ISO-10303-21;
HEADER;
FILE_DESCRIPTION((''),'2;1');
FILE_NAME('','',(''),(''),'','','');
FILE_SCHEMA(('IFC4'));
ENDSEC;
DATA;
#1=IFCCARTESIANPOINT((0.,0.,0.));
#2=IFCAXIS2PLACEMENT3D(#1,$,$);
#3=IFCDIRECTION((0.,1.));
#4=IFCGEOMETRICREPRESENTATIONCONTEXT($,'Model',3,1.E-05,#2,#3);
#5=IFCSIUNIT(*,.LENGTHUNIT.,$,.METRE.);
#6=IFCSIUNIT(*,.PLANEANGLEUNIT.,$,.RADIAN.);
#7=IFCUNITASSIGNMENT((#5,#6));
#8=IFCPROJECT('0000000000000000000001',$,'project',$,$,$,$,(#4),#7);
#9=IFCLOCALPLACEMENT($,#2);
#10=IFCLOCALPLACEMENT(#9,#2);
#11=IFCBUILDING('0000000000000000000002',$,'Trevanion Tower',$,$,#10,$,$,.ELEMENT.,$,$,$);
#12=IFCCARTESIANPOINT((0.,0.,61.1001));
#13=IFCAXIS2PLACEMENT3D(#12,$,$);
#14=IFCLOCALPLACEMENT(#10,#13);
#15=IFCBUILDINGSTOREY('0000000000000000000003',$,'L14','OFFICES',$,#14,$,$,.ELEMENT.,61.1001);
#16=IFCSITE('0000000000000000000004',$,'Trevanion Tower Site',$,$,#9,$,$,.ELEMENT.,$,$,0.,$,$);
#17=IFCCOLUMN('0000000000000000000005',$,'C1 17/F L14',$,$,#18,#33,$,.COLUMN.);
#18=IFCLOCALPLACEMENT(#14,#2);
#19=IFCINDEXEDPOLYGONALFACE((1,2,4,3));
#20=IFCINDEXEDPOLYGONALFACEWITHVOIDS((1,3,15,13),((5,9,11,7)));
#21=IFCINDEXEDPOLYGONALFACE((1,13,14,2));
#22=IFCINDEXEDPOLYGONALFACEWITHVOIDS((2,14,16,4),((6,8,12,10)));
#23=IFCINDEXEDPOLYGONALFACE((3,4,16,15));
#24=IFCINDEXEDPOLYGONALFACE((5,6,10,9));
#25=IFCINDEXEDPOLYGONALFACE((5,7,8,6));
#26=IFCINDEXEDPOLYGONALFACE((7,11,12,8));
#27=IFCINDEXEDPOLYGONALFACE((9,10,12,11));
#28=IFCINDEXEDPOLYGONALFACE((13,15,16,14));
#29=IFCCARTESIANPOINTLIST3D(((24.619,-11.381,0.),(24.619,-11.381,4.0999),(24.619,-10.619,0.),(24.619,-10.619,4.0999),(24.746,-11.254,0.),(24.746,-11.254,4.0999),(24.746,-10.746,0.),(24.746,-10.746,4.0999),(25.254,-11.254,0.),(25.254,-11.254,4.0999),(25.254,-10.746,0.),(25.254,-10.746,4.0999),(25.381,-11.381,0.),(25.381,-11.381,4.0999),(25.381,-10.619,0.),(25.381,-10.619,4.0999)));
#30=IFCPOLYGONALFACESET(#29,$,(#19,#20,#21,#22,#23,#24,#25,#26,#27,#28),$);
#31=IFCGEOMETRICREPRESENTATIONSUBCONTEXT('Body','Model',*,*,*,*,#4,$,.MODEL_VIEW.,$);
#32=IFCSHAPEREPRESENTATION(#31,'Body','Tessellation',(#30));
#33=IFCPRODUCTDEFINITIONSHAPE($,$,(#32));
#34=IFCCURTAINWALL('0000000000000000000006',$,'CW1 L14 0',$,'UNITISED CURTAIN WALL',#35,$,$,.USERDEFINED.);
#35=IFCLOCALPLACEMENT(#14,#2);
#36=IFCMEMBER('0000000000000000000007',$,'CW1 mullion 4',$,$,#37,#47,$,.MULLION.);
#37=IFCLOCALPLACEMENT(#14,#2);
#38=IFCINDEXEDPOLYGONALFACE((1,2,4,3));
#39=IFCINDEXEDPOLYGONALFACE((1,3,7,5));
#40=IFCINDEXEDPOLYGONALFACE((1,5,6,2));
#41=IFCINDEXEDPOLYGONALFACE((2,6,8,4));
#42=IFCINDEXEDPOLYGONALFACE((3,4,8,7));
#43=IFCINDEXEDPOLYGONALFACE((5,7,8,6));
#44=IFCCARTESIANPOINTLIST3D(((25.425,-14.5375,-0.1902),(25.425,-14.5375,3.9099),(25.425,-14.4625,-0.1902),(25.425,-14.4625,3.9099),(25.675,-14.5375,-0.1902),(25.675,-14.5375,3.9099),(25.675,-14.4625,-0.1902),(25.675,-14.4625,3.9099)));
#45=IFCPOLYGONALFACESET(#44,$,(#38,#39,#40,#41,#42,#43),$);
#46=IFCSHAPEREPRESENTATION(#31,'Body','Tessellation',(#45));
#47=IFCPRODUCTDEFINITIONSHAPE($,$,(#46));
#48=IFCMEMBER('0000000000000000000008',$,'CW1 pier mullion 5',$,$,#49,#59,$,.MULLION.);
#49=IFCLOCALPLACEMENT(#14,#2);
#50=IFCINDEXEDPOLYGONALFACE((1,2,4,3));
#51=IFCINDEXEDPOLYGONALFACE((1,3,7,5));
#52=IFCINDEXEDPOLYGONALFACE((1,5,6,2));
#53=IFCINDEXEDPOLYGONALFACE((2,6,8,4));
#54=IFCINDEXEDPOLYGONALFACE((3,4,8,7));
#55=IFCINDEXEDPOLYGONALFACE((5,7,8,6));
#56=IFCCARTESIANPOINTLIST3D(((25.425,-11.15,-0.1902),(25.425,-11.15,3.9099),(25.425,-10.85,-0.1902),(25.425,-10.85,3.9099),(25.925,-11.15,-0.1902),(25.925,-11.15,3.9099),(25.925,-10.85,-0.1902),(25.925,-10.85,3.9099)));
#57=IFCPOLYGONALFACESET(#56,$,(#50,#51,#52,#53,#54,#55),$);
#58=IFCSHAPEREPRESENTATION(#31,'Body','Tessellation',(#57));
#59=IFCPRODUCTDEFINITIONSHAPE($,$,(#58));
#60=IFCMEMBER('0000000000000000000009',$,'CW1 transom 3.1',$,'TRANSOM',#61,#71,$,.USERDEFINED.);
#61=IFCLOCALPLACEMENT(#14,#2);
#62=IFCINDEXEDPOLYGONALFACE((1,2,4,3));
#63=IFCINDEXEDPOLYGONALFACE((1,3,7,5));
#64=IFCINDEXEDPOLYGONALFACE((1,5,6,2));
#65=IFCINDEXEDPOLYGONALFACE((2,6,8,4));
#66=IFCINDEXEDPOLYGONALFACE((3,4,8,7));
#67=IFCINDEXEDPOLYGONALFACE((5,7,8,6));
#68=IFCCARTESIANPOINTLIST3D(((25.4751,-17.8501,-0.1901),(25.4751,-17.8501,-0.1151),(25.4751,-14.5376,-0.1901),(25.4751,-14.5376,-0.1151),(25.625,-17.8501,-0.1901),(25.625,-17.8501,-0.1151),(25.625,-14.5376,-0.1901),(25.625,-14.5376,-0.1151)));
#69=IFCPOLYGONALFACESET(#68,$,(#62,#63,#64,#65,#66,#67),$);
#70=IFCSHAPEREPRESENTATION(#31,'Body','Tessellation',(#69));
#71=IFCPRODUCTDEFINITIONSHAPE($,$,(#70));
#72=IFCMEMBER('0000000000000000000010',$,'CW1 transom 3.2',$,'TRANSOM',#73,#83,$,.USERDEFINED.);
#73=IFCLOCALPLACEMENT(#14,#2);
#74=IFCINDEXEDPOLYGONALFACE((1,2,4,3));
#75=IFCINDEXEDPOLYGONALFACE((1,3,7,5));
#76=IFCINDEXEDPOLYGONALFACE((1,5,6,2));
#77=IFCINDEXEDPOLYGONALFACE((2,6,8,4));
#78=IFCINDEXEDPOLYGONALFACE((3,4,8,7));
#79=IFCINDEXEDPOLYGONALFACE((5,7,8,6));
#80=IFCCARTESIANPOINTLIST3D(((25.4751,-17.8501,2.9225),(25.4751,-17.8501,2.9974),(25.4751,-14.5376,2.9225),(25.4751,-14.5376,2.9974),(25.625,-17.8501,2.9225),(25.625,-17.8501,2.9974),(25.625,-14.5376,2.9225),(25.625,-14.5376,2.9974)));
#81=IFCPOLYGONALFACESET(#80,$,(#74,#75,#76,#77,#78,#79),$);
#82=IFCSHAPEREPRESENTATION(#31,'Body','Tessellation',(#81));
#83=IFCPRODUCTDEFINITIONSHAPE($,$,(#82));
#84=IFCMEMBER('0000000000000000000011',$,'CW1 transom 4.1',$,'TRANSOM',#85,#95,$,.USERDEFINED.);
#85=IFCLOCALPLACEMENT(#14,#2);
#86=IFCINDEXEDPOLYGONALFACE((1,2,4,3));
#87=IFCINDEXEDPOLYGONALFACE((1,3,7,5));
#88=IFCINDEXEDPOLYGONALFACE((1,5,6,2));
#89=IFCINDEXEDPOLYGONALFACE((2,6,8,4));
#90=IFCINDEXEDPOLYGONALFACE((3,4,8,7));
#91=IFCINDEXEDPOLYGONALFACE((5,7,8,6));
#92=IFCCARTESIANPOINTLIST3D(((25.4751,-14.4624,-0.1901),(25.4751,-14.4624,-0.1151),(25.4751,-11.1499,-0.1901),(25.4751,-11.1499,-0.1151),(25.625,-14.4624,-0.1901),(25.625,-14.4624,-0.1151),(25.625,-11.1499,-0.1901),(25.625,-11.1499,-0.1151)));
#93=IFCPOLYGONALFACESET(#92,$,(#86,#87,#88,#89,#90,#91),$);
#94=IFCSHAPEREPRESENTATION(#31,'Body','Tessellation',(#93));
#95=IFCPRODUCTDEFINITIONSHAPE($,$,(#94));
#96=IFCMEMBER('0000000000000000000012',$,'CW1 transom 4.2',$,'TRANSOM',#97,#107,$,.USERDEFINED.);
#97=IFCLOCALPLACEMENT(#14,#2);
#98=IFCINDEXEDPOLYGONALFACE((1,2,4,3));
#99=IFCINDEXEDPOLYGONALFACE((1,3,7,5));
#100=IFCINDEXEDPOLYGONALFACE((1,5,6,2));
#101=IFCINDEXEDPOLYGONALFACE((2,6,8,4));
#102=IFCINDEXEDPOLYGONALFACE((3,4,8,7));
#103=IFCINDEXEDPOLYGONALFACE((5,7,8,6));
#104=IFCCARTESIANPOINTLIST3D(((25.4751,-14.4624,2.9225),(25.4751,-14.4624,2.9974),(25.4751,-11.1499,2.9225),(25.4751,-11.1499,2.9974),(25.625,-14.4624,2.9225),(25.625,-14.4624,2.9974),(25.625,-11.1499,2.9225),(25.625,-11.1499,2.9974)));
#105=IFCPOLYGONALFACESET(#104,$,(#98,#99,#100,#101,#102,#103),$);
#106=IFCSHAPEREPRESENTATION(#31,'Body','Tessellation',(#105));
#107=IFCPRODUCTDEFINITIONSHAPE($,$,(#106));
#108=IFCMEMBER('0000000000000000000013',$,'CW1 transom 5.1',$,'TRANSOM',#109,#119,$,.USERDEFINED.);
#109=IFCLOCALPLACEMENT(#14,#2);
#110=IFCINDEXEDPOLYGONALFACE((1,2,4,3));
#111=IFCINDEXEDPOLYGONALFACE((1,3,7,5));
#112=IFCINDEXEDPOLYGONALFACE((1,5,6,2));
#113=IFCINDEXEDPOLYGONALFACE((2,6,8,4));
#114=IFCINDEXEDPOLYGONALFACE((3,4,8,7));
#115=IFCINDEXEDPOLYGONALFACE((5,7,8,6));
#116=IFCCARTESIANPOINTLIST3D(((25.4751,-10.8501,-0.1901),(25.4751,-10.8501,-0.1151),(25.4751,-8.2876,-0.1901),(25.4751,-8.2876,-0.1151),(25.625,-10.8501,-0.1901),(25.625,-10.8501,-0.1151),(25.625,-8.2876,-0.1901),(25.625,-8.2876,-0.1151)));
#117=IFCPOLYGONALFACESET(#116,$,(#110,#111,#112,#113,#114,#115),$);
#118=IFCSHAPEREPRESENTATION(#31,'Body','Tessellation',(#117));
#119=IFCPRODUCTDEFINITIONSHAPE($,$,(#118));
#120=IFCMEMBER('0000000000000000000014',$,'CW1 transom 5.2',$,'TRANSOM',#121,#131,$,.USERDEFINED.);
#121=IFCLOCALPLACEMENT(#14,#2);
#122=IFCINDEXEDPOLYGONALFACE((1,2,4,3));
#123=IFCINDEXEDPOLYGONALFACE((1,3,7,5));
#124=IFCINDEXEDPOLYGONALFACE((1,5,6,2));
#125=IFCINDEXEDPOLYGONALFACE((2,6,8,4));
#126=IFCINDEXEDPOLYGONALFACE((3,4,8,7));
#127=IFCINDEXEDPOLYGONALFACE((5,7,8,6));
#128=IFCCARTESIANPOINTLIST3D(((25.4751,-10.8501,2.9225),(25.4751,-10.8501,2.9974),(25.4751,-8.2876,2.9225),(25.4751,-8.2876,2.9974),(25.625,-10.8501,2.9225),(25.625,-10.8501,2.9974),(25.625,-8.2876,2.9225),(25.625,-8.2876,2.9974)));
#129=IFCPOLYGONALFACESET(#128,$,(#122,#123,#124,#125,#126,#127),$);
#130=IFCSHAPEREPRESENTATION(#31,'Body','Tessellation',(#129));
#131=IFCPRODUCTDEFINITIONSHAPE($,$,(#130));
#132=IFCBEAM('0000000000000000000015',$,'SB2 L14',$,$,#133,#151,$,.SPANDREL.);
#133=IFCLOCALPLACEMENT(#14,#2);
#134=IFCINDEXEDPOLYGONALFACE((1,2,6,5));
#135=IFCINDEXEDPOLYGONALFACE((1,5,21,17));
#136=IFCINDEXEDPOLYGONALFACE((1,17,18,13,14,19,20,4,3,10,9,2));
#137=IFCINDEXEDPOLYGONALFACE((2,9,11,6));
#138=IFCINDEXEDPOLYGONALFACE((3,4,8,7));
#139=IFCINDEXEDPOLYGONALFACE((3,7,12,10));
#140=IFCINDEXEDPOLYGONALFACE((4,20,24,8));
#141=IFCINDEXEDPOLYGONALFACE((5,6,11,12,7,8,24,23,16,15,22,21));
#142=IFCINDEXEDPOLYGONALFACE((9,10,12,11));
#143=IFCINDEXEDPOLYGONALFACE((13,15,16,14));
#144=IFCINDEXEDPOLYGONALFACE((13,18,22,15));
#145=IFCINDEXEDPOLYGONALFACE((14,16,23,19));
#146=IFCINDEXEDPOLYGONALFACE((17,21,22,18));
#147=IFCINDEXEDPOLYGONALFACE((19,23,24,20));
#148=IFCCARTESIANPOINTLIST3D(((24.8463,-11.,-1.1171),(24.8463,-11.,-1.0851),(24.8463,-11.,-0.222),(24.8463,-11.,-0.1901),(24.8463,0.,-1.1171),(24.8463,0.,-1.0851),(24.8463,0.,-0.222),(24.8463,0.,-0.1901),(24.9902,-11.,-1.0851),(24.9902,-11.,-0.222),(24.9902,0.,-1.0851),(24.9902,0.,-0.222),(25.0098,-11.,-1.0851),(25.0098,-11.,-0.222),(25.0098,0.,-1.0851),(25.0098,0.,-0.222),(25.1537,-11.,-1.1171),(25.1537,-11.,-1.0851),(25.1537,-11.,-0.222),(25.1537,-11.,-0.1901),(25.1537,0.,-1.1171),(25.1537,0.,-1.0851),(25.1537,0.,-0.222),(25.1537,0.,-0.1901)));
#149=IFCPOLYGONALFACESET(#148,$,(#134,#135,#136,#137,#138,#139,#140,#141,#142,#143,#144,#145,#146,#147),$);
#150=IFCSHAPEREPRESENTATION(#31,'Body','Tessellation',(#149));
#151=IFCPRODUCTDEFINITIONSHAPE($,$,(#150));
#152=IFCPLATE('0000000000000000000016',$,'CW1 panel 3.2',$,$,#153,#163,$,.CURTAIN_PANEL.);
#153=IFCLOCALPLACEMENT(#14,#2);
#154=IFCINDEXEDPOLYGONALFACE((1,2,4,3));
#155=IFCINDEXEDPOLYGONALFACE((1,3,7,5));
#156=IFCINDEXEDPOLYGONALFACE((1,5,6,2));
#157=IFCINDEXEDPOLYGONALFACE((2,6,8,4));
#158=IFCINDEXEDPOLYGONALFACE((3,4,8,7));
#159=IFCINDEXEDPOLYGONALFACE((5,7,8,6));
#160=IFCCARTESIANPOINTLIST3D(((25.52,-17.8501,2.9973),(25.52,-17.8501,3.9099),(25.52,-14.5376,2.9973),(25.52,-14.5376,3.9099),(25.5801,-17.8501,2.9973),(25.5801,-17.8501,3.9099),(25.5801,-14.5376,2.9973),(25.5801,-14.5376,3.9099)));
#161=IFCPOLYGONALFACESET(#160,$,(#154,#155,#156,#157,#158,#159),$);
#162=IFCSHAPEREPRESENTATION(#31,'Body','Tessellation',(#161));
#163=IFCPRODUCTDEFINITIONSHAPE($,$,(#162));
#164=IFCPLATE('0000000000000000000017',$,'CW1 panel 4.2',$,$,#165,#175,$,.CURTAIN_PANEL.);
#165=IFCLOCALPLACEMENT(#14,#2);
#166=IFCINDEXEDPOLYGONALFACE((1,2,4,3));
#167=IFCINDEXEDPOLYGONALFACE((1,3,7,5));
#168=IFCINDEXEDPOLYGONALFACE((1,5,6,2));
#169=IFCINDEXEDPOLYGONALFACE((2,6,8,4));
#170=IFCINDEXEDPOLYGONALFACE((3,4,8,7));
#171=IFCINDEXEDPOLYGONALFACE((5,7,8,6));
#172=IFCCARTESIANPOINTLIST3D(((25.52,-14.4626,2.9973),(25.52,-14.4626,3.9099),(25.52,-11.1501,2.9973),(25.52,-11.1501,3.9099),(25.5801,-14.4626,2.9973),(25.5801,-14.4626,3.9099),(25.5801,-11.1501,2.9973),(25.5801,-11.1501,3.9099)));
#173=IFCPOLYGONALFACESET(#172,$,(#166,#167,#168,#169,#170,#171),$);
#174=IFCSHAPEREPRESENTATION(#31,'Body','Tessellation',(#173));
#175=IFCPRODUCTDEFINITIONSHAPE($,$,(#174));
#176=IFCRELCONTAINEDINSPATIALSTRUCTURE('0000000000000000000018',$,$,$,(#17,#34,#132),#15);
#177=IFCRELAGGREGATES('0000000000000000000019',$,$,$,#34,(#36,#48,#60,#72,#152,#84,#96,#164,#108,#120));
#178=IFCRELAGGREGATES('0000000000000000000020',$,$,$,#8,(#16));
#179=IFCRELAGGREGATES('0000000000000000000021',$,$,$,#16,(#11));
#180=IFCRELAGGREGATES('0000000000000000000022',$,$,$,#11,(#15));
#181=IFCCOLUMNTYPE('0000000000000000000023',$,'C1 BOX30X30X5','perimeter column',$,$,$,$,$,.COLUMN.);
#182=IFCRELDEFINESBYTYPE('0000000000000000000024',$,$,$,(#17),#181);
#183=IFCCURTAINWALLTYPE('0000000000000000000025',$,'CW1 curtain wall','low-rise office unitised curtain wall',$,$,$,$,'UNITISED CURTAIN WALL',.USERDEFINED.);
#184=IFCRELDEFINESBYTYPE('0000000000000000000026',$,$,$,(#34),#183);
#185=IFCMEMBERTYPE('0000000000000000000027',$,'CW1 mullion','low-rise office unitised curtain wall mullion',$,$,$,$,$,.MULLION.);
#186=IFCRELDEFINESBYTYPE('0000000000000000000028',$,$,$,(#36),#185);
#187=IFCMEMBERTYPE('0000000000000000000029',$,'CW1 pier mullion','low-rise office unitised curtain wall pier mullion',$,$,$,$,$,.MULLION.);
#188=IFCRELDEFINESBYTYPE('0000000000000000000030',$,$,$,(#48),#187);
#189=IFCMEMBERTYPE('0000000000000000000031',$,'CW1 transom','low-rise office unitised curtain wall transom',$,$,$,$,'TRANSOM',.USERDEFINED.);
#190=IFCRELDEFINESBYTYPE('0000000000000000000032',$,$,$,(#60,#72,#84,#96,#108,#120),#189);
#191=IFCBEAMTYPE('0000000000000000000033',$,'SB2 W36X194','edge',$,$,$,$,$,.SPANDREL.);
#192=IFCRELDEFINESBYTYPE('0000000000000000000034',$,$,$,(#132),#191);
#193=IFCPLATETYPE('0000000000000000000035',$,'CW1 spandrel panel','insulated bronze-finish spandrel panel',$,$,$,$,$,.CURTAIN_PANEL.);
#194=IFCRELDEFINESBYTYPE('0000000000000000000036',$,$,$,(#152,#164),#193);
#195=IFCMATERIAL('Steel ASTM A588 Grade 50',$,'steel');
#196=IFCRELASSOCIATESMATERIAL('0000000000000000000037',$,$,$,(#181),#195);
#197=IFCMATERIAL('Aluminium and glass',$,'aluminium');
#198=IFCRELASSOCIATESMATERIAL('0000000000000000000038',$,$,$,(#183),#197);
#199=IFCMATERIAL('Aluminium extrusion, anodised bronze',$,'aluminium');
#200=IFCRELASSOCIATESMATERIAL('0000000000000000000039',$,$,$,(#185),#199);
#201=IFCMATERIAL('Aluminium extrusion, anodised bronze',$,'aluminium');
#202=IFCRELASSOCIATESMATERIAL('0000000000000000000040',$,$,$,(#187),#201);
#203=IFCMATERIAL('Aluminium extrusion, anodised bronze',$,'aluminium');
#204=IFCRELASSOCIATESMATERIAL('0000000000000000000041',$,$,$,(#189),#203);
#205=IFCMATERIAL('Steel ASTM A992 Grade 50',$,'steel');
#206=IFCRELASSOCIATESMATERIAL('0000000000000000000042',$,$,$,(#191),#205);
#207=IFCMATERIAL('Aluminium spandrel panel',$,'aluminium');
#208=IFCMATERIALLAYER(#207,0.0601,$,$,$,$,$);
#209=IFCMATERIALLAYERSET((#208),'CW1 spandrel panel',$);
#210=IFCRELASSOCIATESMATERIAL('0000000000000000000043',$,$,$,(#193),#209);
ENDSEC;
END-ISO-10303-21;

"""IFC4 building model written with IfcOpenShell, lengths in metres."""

from ifc_helpers import new_model, si_unit, direction, frame, origin, origin_2d, place, context, subcontext, project, spatial, rectangle, hollow_rectangle, i_section, extrude, material, layer, layer_set, material_profile, profile_set, type_object, element, aggregate, save


model = new_model("IFC4")

# Units and contexts
model_context = context("Model", 3, precision=1e-05, world=origin(), true_north=direction((0.0, 1.0)))
body_context = subcontext(model_context, "Body", "Model", "MODEL_VIEW")
ifc_project = project(units=[si_unit("LENGTHUNIT", "METRE"), si_unit("PLANEANGLEUNIT", "RADIAN")], contexts=[model_context])

# Site, building, storey
site_placement = place(None, origin())
site = spatial("IfcSite", under=ifc_project, at=site_placement, Name="Trevanion Tower Site", CompositionType="ELEMENT", RefElevation=0.0)
building_placement = place(site_placement, origin())
building = spatial("IfcBuilding", under=site, at=building_placement, Name="Trevanion Tower", CompositionType="ELEMENT")
storey_placement = place(building_placement, frame((0.0, 0.0, 61.1001)))
storey = spatial("IfcBuildingStorey", under=building, at=storey_placement, Name="L14", Description="OFFICES", CompositionType="ELEMENT", Elevation=61.1001)

# Column
ifc_material_1 = material(Name="Steel ASTM A588 Grade 50", Category="steel")
ifc_material_profile_1 = material_profile(ifc_material_1, hollow_rectangle(XDim=0.762, YDim=0.762, WallThickness=0.127, at=origin_2d()), Name="BOX30X30X5")
ifc_profile_set_1 = profile_set([ifc_material_profile_1], Name="Steel ASTM A588 Grade 50")
column_type = type_object("IfcColumnType", Name="C1 BOX30X30X5", Description="perimeter column", PredefinedType="COLUMN", material=ifc_profile_set_1)
column_placement = place(storey_placement, frame((25.0, -11.0, 0.0), z_axis=(0.0, 0.0, 1.0), x_axis=(0.0, 1.0, 0.0)))
element("IfcColumn", 1, at=column_placement, inside=storey, type_object=column_type, Name="C1 17/F L14", PredefinedType="COLUMN", context=body_context, shape_type="SweptSolid", body=[
    extrude(hollow_rectangle(XDim=0.762, YDim=0.762, WallThickness=0.127, at=origin_2d()), origin(), (0.0, 0.0, 1.0), 4.0999),
])

# Curtain wall, members
ifc_material_2 = material(Name="Aluminium and glass", Category="aluminium")
curtain_wall_type = type_object("IfcCurtainWallType", Name="CW1 curtain wall", Description="low-rise office unitised curtain wall", ElementType="UNITISED CURTAIN WALL", PredefinedType="USERDEFINED", material=ifc_material_2)
curtain_wall_placement = place(storey_placement, origin())
curtain_wall = element("IfcCurtainWall", 2, at=curtain_wall_placement, inside=storey, type_object=curtain_wall_type, Name="CW1 L14 0", ObjectType="UNITISED CURTAIN WALL", PredefinedType="USERDEFINED")
ifc_material_3 = material(Name="Aluminium extrusion, anodised bronze", Category="aluminium")
ifc_material_profile_2 = material_profile(ifc_material_3, rectangle(XDim=0.075, YDim=0.25, at=origin_2d()), Name="CW1 mullion")
ifc_profile_set_2 = profile_set([ifc_material_profile_2], Name="Aluminium extrusion, anodised bronze")
member_type_1 = type_object("IfcMemberType", Name="CW1 mullion", Description="low-rise office unitised curtain wall mullion", PredefinedType="MULLION", material=ifc_profile_set_2)
member_1_placement = place(storey_placement, frame((25.55, -14.5, -0.1902), z_axis=(0.0, 0.0, 1.0), x_axis=(0.0, 1.0, 0.0)))
member_1 = element("IfcMember", 3, at=member_1_placement, type_object=member_type_1, Name="CW1 mullion 4", PredefinedType="MULLION", context=body_context, shape_type="SweptSolid", body=[
    extrude(rectangle(XDim=0.075, YDim=0.25, at=origin_2d()), origin(), (0.0, 0.0, 1.0), 4.1001),
])
ifc_material_4 = material(Name="Aluminium extrusion, anodised bronze", Category="aluminium")
ifc_material_profile_3 = material_profile(ifc_material_4, rectangle(XDim=0.3, YDim=0.5, at=origin_2d()), Name="CW1 pier mullion")
ifc_profile_set_3 = profile_set([ifc_material_profile_3], Name="Aluminium extrusion, anodised bronze")
member_type_2 = type_object("IfcMemberType", Name="CW1 pier mullion", Description="low-rise office unitised curtain wall pier mullion", PredefinedType="MULLION", material=ifc_profile_set_3)
member_2_placement = place(storey_placement, frame((25.675, -11.0, -0.1902), z_axis=(0.0, 0.0, 1.0), x_axis=(0.0, 1.0, 0.0)))
member_2 = element("IfcMember", 4, at=member_2_placement, type_object=member_type_2, Name="CW1 pier mullion 5", PredefinedType="MULLION", context=body_context, shape_type="SweptSolid", body=[
    extrude(rectangle(XDim=0.3, YDim=0.5, at=origin_2d()), origin(), (0.0, 0.0, 1.0), 4.1001),
])
ifc_material_5 = material(Name="Aluminium extrusion, anodised bronze", Category="aluminium")
ifc_material_profile_4 = material_profile(ifc_material_5, rectangle(XDim=0.1499, YDim=0.075, at=origin_2d()), Name="CW1 transom")
ifc_profile_set_4 = profile_set([ifc_material_profile_4], Name="Aluminium extrusion, anodised bronze")
member_type_3 = type_object("IfcMemberType", Name="CW1 transom", Description="low-rise office unitised curtain wall transom", ElementType="TRANSOM", PredefinedType="USERDEFINED", material=ifc_profile_set_4)
member_3_placement = place(storey_placement, frame((25.55, -17.8501, -0.1526), z_axis=(0.0, 1.0, 0.0), x_axis=(-1.0, 0.0, 0.0)))
member_3 = element("IfcMember", 5, at=member_3_placement, type_object=member_type_3, Name="CW1 transom 3.1", ObjectType="TRANSOM", PredefinedType="USERDEFINED", context=body_context, shape_type="SweptSolid", body=[
    extrude(rectangle(XDim=0.1499, YDim=0.075, at=origin_2d()), origin(), (0.0, 0.0, 1.0), 3.3125),
])
member_4_placement = place(storey_placement, frame((25.55, -17.8501, 2.96), z_axis=(0.0, 1.0, 0.0), x_axis=(-1.0, 0.0, 0.0)))
member_4 = element("IfcMember", 6, at=member_4_placement, type_object=member_type_3, Name="CW1 transom 3.2", ObjectType="TRANSOM", PredefinedType="USERDEFINED", context=body_context, shape_type="SweptSolid", body=[
    extrude(rectangle(XDim=0.1499, YDim=0.075, at=origin_2d()), origin(), (0.0, 0.0, 1.0), 3.3125),
])
member_5_placement = place(storey_placement, frame((25.55, -14.4624, -0.1526), z_axis=(0.0, 1.0, 0.0), x_axis=(-1.0, 0.0, 0.0)))
member_5 = element("IfcMember", 7, at=member_5_placement, type_object=member_type_3, Name="CW1 transom 4.1", ObjectType="TRANSOM", PredefinedType="USERDEFINED", context=body_context, shape_type="SweptSolid", body=[
    extrude(rectangle(XDim=0.1499, YDim=0.075, at=origin_2d()), origin(), (0.0, 0.0, 1.0), 3.3125),
])
member_6_placement = place(storey_placement, frame((25.55, -14.4624, 2.96), z_axis=(0.0, 1.0, 0.0), x_axis=(-1.0, 0.0, 0.0)))
member_6 = element("IfcMember", 8, at=member_6_placement, type_object=member_type_3, Name="CW1 transom 4.2", ObjectType="TRANSOM", PredefinedType="USERDEFINED", context=body_context, shape_type="SweptSolid", body=[
    extrude(rectangle(XDim=0.1499, YDim=0.075, at=origin_2d()), origin(), (0.0, 0.0, 1.0), 3.3125),
])
member_7_placement = place(storey_placement, frame((25.55, -10.8501, -0.1526), z_axis=(0.0, 1.0, 0.0), x_axis=(-1.0, 0.0, 0.0)))
member_7 = element("IfcMember", 9, at=member_7_placement, type_object=member_type_3, Name="CW1 transom 5.1", ObjectType="TRANSOM", PredefinedType="USERDEFINED", context=body_context, shape_type="SweptSolid", body=[
    extrude(rectangle(XDim=0.1499, YDim=0.075, at=origin_2d()), origin(), (0.0, 0.0, 1.0), 2.5625),
])
member_8_placement = place(storey_placement, frame((25.55, -10.8501, 2.96), z_axis=(0.0, 1.0, 0.0), x_axis=(-1.0, 0.0, 0.0)))
member_8 = element("IfcMember", 10, at=member_8_placement, type_object=member_type_3, Name="CW1 transom 5.2", ObjectType="TRANSOM", PredefinedType="USERDEFINED", context=body_context, shape_type="SweptSolid", body=[
    extrude(rectangle(XDim=0.1499, YDim=0.075, at=origin_2d()), origin(), (0.0, 0.0, 1.0), 2.5625),
])

# Beam
ifc_material_6 = material(Name="Steel ASTM A992 Grade 50", Category="steel")
ifc_material_profile_5 = material_profile(ifc_material_6, i_section(OverallWidth=0.3074, OverallDepth=0.927, WebThickness=0.0195, FlangeThickness=0.032, at=origin_2d()), Name="W36X194")
ifc_profile_set_5 = profile_set([ifc_material_profile_5], Name="Steel ASTM A992 Grade 50")
beam_type = type_object("IfcBeamType", Name="SB2 W36X194", Description="edge", PredefinedType="SPANDREL", material=ifc_profile_set_5)
beam_placement = place(storey_placement, frame((25.0, -11.0, -0.6536), z_axis=(0.0, 1.0, 0.0), x_axis=(-1.0, 0.0, 0.0)))
element("IfcBeam", 11, at=beam_placement, inside=storey, type_object=beam_type, Name="SB2 L14", PredefinedType="SPANDREL", context=body_context, shape_type="SweptSolid", body=[
    extrude(i_section(OverallWidth=0.3074, OverallDepth=0.927, WebThickness=0.0195, FlangeThickness=0.032, at=origin_2d()), origin(), (0.0, 0.0, 1.0), 11.0),
])

# Plates
ifc_material_7 = material(Name="Aluminium spandrel panel", Category="aluminium")
ifc_layer_1 = layer(ifc_material_7, 0.0601)
ifc_layer_set_1 = layer_set([ifc_layer_1], Name="CW1 spandrel panel")
plate_type_1 = type_object("IfcPlateType", Name="CW1 spandrel panel", Description="insulated bronze-finish spandrel panel", PredefinedType="CURTAIN_PANEL", material=ifc_layer_set_1)
plate_1_placement = place(storey_placement, frame((25.55, -16.1938, 2.9973), z_axis=(0.0, 0.0, 1.0), x_axis=(0.0, 1.0, 0.0)))
plate_1 = element("IfcPlate", 12, at=plate_1_placement, type_object=plate_type_1, Name="CW1 panel 3.2", PredefinedType="CURTAIN_PANEL", context=body_context, shape_type="SweptSolid", body=[
    extrude(rectangle(XDim=3.3125, YDim=0.0601, at=origin_2d()), origin(), (0.0, 0.0, 1.0), 0.9126),
])
plate_2_placement = place(storey_placement, frame((25.55, -12.8064, 2.9973), z_axis=(0.0, 0.0, 1.0), x_axis=(0.0, 1.0, 0.0)))
plate_2 = element("IfcPlate", 13, at=plate_2_placement, type_object=plate_type_1, Name="CW1 panel 4.2", PredefinedType="CURTAIN_PANEL", context=body_context, shape_type="SweptSolid", body=[
    extrude(rectangle(XDim=3.3125, YDim=0.0601, at=origin_2d()), origin(), (0.0, 0.0, 1.0), 0.9126),
])
aggregate(curtain_wall, [member_1, member_2, member_3, member_4, plate_1, member_5, member_6, plate_2, member_7, member_8])

save(model, "model.ifc")
